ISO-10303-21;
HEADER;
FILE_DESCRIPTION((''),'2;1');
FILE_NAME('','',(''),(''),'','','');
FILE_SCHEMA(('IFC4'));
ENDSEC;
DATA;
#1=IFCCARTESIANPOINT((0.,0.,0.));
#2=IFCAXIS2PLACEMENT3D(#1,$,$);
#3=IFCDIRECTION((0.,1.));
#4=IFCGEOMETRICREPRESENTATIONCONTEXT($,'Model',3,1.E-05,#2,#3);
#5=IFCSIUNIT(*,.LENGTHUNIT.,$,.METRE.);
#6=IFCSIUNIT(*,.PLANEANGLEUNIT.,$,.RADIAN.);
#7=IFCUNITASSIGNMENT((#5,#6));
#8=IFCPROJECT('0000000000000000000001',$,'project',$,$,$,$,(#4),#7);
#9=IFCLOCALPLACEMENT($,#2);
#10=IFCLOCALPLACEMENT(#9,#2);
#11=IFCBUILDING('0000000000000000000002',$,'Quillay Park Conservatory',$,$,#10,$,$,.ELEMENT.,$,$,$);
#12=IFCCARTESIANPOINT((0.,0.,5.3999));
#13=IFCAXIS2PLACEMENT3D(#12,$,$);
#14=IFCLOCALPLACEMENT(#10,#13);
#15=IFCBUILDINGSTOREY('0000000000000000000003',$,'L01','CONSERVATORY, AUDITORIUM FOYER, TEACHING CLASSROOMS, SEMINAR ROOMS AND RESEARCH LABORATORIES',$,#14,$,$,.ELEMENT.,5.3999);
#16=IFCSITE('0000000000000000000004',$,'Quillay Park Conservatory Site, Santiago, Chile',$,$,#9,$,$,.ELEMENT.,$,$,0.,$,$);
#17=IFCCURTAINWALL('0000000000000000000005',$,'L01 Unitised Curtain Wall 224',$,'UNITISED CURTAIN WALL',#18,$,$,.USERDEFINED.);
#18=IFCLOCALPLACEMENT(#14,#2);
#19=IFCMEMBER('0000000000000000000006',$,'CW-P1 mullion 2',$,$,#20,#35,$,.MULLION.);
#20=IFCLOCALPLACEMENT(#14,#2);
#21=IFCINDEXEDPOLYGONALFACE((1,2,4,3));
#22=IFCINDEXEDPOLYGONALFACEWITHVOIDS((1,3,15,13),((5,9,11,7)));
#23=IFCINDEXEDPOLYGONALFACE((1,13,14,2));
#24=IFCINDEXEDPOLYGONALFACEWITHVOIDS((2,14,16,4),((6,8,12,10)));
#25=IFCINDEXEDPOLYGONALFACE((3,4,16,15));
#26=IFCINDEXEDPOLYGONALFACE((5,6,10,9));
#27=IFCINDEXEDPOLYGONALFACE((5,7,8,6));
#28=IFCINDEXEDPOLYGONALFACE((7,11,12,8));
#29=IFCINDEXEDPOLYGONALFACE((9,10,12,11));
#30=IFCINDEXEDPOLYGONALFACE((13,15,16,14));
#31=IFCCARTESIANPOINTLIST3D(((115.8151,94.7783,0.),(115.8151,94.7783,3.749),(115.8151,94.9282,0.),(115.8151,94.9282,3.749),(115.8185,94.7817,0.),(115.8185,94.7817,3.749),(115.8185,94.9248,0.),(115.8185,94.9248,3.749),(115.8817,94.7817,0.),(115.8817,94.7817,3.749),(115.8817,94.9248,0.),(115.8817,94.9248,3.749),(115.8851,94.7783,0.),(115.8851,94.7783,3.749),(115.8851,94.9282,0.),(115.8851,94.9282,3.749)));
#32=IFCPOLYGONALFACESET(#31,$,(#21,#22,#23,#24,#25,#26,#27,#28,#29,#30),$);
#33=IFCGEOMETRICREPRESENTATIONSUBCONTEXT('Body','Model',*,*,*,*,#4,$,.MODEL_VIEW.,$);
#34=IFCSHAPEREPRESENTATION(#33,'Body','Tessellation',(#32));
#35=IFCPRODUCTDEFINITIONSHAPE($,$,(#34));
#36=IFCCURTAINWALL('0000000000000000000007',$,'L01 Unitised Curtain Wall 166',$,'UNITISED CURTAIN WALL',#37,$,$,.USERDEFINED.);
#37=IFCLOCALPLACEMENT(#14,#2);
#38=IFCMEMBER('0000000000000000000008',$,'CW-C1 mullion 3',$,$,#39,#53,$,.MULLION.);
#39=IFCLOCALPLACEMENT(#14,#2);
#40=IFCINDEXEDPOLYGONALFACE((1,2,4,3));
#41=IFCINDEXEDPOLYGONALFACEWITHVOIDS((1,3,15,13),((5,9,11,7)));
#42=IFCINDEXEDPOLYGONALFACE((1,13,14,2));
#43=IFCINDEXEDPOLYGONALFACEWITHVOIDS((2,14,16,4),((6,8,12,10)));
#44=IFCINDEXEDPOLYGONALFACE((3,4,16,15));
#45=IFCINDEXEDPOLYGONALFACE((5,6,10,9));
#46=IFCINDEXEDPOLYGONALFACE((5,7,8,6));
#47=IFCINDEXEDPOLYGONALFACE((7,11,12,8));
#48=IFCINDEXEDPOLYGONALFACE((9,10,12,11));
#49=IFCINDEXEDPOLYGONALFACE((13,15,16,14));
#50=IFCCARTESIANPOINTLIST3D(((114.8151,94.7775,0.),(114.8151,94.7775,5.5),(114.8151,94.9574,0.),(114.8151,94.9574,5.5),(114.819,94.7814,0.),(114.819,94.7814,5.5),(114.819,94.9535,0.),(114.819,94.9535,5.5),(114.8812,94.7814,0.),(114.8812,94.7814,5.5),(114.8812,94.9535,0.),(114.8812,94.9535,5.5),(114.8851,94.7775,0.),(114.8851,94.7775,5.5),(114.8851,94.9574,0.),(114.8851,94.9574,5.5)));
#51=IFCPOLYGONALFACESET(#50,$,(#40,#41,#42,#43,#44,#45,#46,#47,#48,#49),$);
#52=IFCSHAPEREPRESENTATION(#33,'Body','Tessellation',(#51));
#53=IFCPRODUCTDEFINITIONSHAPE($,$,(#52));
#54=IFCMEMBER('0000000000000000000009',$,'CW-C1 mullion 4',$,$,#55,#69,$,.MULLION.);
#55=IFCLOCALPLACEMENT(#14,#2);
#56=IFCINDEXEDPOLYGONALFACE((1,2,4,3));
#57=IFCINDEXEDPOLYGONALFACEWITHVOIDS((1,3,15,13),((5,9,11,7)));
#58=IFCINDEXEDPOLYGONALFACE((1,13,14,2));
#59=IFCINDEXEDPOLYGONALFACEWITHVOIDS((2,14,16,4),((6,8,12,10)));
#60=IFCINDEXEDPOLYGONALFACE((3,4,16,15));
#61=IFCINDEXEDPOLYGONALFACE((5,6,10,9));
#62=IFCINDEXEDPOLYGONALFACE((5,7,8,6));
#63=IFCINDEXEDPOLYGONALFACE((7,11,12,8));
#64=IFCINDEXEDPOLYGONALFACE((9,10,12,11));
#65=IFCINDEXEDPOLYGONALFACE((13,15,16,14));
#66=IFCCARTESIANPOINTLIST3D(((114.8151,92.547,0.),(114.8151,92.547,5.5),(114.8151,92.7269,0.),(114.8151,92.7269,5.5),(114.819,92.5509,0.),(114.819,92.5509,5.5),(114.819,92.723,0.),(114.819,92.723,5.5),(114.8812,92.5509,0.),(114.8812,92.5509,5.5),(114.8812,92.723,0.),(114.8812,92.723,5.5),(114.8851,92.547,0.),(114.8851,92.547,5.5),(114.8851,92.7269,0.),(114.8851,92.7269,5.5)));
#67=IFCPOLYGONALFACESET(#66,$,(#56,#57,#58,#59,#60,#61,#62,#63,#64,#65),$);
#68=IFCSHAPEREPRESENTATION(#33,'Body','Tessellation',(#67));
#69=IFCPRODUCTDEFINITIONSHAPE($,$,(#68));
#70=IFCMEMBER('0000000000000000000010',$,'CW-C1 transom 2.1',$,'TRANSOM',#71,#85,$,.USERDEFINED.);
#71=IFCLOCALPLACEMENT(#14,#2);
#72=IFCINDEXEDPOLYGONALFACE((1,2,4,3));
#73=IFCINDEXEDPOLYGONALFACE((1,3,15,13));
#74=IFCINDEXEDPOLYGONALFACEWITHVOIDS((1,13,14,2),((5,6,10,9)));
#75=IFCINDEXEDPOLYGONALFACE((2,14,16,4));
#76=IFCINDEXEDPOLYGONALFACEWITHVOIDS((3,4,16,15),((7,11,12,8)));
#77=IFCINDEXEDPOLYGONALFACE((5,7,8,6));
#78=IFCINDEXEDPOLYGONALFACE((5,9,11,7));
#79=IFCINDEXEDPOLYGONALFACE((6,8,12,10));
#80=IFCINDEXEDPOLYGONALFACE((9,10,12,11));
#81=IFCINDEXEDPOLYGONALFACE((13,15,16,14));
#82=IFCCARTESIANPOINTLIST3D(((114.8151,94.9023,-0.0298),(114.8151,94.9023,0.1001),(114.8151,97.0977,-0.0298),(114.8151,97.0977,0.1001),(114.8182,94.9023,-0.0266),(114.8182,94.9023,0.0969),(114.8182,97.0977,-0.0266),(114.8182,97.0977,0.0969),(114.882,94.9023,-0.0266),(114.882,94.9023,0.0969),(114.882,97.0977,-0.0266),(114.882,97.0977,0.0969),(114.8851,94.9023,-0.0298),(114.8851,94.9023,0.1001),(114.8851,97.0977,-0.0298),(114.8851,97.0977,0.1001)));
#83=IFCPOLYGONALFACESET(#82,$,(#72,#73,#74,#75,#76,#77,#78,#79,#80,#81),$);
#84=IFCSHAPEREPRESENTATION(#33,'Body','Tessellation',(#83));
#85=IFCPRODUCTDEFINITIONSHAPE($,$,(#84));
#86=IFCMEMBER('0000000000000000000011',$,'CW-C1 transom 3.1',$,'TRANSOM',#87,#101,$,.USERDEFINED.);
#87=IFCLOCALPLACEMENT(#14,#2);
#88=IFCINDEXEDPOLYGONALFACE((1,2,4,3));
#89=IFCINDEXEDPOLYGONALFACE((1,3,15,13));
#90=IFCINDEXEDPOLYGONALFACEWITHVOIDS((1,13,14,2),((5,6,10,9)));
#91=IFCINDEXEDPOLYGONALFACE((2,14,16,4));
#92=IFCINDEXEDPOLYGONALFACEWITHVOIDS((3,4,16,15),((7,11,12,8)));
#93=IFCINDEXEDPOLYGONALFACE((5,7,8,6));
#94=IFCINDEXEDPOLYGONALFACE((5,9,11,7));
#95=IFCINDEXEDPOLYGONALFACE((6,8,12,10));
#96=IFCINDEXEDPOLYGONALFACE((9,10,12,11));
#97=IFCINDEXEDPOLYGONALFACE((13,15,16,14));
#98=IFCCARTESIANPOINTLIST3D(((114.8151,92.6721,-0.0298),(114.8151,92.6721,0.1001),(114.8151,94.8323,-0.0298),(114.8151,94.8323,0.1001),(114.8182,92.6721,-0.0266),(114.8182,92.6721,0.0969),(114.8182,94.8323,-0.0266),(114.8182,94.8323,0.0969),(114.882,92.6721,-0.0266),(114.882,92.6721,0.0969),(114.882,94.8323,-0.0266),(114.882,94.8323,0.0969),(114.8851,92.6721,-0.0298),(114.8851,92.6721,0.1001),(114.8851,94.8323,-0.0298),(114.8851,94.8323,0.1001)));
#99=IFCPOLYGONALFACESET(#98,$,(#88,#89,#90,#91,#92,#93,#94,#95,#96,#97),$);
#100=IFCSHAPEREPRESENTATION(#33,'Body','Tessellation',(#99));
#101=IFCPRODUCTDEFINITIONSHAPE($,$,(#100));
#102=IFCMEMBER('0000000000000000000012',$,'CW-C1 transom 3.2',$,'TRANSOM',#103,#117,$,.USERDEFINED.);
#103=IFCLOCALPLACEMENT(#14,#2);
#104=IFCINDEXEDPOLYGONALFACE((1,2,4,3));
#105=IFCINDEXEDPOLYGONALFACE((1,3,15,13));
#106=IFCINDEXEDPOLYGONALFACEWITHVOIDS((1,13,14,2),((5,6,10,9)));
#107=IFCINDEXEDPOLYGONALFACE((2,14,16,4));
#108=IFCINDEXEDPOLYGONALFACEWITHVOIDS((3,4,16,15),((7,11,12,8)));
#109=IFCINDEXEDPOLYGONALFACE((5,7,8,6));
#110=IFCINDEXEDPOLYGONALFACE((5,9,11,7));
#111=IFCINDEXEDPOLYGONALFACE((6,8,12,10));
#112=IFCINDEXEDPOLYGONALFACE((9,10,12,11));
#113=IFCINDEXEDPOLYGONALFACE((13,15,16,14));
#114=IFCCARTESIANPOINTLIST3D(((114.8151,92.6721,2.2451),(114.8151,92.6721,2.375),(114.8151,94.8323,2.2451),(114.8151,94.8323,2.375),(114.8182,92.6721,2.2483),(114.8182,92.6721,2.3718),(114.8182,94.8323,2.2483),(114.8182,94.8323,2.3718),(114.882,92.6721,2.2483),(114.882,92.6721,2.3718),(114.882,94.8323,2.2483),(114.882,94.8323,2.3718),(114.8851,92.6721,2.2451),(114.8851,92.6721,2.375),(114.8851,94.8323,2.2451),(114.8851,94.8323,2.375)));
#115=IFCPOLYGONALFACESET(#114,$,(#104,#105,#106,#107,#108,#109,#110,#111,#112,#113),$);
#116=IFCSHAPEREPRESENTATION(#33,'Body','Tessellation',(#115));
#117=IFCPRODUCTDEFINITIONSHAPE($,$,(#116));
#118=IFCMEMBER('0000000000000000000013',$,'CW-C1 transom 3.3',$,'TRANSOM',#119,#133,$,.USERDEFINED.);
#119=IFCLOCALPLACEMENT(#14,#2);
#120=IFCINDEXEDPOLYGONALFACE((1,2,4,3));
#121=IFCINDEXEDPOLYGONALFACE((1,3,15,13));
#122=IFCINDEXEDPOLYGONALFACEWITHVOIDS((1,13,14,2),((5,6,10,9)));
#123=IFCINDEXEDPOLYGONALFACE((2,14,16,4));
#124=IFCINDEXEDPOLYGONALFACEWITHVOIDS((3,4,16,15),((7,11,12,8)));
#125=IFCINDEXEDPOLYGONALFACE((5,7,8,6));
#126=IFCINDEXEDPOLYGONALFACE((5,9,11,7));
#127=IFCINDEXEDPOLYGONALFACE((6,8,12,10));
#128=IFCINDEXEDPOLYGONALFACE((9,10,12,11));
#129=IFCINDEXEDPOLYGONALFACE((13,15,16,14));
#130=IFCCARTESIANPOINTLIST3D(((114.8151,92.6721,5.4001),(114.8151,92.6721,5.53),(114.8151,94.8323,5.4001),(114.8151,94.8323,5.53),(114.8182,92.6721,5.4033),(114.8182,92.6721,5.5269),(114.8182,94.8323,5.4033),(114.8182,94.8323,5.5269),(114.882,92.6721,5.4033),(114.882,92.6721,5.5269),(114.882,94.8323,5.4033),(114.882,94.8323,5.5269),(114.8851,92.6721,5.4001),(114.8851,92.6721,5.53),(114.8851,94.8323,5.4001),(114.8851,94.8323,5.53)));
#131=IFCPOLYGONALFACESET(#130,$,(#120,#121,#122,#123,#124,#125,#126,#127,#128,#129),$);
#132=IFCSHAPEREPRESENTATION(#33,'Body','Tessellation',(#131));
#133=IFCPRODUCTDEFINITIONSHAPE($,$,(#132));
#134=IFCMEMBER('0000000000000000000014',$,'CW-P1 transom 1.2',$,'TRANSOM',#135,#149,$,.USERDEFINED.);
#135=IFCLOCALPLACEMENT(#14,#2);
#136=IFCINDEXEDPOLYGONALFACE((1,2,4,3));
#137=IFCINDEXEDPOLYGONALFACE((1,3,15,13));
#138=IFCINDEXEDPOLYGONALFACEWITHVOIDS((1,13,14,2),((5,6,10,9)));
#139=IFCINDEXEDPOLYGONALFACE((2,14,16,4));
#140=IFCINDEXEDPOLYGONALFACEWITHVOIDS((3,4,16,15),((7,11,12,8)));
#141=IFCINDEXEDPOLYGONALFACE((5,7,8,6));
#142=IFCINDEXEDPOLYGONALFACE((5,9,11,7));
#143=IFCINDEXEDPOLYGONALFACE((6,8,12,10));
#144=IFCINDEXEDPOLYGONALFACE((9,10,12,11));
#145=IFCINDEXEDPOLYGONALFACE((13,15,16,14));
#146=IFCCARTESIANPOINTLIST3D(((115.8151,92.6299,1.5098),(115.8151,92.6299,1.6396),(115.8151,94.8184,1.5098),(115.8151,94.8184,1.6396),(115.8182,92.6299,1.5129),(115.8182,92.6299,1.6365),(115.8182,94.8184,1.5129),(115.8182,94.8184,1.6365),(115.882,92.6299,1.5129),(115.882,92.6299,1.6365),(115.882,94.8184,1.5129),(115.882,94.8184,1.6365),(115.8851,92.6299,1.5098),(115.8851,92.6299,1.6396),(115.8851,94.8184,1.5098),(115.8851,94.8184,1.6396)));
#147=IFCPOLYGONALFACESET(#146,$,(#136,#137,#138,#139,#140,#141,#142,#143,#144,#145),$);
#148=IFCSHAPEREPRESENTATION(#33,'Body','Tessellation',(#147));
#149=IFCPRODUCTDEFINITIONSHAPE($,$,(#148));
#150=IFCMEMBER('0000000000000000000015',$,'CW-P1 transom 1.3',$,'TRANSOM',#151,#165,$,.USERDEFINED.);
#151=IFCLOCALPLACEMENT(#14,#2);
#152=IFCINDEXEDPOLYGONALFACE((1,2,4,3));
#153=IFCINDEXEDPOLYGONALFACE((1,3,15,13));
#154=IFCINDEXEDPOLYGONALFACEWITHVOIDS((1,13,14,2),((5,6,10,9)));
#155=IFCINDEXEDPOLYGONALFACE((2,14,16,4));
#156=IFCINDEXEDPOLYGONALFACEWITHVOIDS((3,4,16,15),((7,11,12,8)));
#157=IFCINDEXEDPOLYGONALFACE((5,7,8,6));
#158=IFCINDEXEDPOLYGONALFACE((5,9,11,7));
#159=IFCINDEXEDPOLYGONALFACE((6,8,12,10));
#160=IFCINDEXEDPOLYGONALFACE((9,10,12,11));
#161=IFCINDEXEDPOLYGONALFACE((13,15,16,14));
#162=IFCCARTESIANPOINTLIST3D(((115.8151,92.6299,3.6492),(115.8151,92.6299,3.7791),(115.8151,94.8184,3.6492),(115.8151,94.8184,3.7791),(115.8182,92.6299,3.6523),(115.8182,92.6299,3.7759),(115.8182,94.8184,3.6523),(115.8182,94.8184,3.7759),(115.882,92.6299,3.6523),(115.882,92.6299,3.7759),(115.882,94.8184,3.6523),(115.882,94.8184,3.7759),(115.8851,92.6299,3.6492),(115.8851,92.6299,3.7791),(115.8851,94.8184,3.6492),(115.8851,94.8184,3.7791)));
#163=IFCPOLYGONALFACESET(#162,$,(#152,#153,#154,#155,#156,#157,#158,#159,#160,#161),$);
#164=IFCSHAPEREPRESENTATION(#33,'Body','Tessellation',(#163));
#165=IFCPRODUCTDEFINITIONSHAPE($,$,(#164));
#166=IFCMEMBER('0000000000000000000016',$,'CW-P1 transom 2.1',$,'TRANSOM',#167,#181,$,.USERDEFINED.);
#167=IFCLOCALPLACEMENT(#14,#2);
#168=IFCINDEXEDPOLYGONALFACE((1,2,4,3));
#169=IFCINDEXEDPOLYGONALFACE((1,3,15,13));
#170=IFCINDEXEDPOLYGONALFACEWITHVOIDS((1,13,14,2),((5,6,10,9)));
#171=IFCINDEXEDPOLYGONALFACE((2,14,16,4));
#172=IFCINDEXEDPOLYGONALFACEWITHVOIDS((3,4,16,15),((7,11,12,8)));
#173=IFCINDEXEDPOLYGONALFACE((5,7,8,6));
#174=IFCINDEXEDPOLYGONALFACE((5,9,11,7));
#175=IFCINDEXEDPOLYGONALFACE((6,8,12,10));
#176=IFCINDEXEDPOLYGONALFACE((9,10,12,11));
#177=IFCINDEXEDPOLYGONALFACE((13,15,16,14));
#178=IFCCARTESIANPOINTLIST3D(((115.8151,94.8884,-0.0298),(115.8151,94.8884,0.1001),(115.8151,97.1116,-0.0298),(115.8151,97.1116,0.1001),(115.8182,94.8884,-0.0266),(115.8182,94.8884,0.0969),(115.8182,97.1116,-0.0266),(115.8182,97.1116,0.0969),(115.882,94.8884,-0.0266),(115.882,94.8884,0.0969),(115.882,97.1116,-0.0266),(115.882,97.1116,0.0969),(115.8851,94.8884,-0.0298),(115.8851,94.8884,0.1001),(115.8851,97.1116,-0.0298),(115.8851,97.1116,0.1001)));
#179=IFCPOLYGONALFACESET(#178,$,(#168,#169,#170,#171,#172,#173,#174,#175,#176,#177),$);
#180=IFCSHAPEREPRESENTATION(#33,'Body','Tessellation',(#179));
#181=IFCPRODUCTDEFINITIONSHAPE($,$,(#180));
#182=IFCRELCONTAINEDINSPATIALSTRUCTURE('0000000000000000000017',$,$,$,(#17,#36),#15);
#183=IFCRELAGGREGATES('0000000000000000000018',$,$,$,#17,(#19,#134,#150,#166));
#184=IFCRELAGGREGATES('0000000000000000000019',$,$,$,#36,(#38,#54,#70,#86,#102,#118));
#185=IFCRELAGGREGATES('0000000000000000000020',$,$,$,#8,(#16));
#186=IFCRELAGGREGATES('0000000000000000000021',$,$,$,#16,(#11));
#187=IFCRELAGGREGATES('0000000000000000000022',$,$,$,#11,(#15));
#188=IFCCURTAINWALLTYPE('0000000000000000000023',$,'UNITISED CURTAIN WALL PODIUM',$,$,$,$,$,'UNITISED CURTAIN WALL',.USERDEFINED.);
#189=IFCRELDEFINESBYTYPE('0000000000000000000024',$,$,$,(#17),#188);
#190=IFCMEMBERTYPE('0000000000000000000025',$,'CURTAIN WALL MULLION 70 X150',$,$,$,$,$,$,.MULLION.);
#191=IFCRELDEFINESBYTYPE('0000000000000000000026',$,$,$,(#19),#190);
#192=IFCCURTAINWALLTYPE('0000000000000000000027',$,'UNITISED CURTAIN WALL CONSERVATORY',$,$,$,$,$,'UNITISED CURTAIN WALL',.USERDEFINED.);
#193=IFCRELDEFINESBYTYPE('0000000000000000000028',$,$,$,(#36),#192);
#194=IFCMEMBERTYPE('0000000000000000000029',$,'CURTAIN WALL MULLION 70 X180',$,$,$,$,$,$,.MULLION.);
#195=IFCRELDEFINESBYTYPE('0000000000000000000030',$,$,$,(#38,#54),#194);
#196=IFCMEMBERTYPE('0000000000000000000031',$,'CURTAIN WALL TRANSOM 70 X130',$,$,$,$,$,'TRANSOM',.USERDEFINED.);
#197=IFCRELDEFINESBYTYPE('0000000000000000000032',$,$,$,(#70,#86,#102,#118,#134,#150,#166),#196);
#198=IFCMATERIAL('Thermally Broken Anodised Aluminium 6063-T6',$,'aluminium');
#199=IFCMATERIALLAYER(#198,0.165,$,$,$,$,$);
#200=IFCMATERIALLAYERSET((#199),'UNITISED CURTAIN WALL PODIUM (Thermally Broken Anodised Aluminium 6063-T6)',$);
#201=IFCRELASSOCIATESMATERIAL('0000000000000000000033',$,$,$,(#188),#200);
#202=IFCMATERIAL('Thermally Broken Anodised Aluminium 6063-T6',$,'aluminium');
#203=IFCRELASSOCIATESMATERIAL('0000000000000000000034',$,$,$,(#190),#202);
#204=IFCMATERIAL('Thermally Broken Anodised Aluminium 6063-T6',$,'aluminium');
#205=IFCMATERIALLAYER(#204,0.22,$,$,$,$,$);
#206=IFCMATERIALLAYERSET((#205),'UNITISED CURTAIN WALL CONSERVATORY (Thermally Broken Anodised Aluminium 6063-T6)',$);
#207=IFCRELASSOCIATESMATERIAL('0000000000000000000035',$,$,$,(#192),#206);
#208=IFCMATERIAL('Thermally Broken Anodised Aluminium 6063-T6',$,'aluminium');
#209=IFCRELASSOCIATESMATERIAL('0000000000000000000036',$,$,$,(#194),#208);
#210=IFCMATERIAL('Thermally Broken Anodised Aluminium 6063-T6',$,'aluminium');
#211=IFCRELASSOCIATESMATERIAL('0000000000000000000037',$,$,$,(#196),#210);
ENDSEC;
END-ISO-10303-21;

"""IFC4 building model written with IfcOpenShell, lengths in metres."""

from ifc_helpers import new_model, si_unit, direction, frame, origin, origin_2d, place, context, subcontext, project, spatial, hollow_rectangle, extrude, material, layer, layer_set, material_profile, profile_set, type_object, element, aggregate, save


model = new_model("IFC4")

# Units and contexts
model_context = context("Model", 3, precision=1e-05, world=origin(), true_north=direction((0.0, 1.0)))
body_context = subcontext(model_context, "Body", "Model", "MODEL_VIEW")
ifc_project = project(units=[si_unit("LENGTHUNIT", "METRE"), si_unit("PLANEANGLEUNIT", "RADIAN")], contexts=[model_context])

# Site, building, storey
site_placement = place(None, origin())
site = spatial("IfcSite", under=ifc_project, at=site_placement, Name="Quillay Park Conservatory Site, Santiago, Chile", CompositionType="ELEMENT", RefElevation=0.0)
building_placement = place(site_placement, origin())
building = spatial("IfcBuilding", under=site, at=building_placement, Name="Quillay Park Conservatory", CompositionType="ELEMENT")
storey_placement = place(building_placement, frame((0.0, 0.0, 5.3999)))
storey = spatial("IfcBuildingStorey", under=building, at=storey_placement, Name="L01", Description="CONSERVATORY, AUDITORIUM FOYER, TEACHING CLASSROOMS, SEMINAR ROOMS AND RESEARCH LABORATORIES", CompositionType="ELEMENT", Elevation=5.3999)

# Curtain wall, member
ifc_material_1 = material(Name="Thermally Broken Anodised Aluminium 6063-T6", Category="aluminium")
ifc_layer_1 = layer(ifc_material_1, 0.165)
ifc_layer_set_1 = layer_set([ifc_layer_1], Name="UNITISED CURTAIN WALL PODIUM (Thermally Broken Anodised Aluminium 6063-T6)")
curtain_wall_type_1 = type_object("IfcCurtainWallType", Name="UNITISED CURTAIN WALL PODIUM", ElementType="UNITISED CURTAIN WALL", PredefinedType="USERDEFINED", material=ifc_layer_set_1)
curtain_wall_1_placement = place(storey_placement, origin())
curtain_wall_1 = element("IfcCurtainWall", 1, at=curtain_wall_1_placement, inside=storey, type_object=curtain_wall_type_1, Name="L01 Unitised Curtain Wall 224", ObjectType="UNITISED CURTAIN WALL", PredefinedType="USERDEFINED")
ifc_material_2 = material(Name="Thermally Broken Anodised Aluminium 6063-T6", Category="aluminium")
ifc_material_profile_1 = material_profile(ifc_material_2, hollow_rectangle(XDim=0.0701, YDim=0.1499, WallThickness=0.0034, at=origin_2d()), Name="AL70x150x3.5")
ifc_profile_set_1 = profile_set([ifc_material_profile_1], Name="Thermally Broken Anodised Aluminium 6063-T6")
member_type_1 = type_object("IfcMemberType", Name="CURTAIN WALL MULLION 70 X150", PredefinedType="MULLION", material=ifc_profile_set_1)
member_1_placement = place(storey_placement, frame((115.8501, 94.8533, 0.0), z_axis=(0.0, 0.0, 1.0), x_axis=(-1.0, 0.0, 0.0)))
member_1 = element("IfcMember", 2, at=member_1_placement, type_object=member_type_1, Name="CW-P1 mullion 2", PredefinedType="MULLION", context=body_context, shape_type="SweptSolid", body=[
    extrude(hollow_rectangle(XDim=0.0701, YDim=0.1499, WallThickness=0.0034, at=origin_2d()), origin(), (0.0, 0.0, 1.0), 3.749),
])

# Curtain wall, members
ifc_material_3 = material(Name="Thermally Broken Anodised Aluminium 6063-T6", Category="aluminium")
ifc_layer_2 = layer(ifc_material_3, 0.22)
ifc_layer_set_2 = layer_set([ifc_layer_2], Name="UNITISED CURTAIN WALL CONSERVATORY (Thermally Broken Anodised Aluminium 6063-T6)")
curtain_wall_type_2 = type_object("IfcCurtainWallType", Name="UNITISED CURTAIN WALL CONSERVATORY", ElementType="UNITISED CURTAIN WALL", PredefinedType="USERDEFINED", material=ifc_layer_set_2)
curtain_wall_2_placement = place(storey_placement, origin())
curtain_wall_2 = element("IfcCurtainWall", 3, at=curtain_wall_2_placement, inside=storey, type_object=curtain_wall_type_2, Name="L01 Unitised Curtain Wall 166", ObjectType="UNITISED CURTAIN WALL", PredefinedType="USERDEFINED")
ifc_material_4 = material(Name="Thermally Broken Anodised Aluminium 6063-T6", Category="aluminium")
ifc_material_profile_2 = material_profile(ifc_material_4, hollow_rectangle(XDim=0.0701, YDim=0.1799, WallThickness=0.0039, at=origin_2d()), Name="AL70x180x4")
ifc_profile_set_2 = profile_set([ifc_material_profile_2], Name="Thermally Broken Anodised Aluminium 6063-T6")
member_type_2 = type_object("IfcMemberType", Name="CURTAIN WALL MULLION 70 X180", PredefinedType="MULLION", material=ifc_profile_set_2)
member_2_placement = place(storey_placement, frame((114.8501, 94.8674, 0.0), z_axis=(0.0, 0.0, 1.0), x_axis=(1.0, 0.0, 0.0)))
member_2 = element("IfcMember", 4, at=member_2_placement, type_object=member_type_2, Name="CW-C1 mullion 3", PredefinedType="MULLION", context=body_context, shape_type="SweptSolid", body=[
    extrude(hollow_rectangle(XDim=0.0701, YDim=0.1799, WallThickness=0.0039, at=origin_2d()), origin(), (0.0, 0.0, 1.0), 5.5),
])
member_3_placement = place(storey_placement, frame((114.8501, 92.637, 0.0), z_axis=(0.0, 0.0, 1.0), x_axis=(1.0, 0.0, 0.0)))
member_3 = element("IfcMember", 5, at=member_3_placement, type_object=member_type_2, Name="CW-C1 mullion 4", PredefinedType="MULLION", context=body_context, shape_type="SweptSolid", body=[
    extrude(hollow_rectangle(XDim=0.0701, YDim=0.1799, WallThickness=0.0039, at=origin_2d()), origin(), (0.0, 0.0, 1.0), 5.5),
])
ifc_material_5 = material(Name="Thermally Broken Anodised Aluminium 6063-T6", Category="aluminium")
ifc_material_profile_3 = material_profile(ifc_material_5, hollow_rectangle(XDim=0.0701, YDim=0.1299, WallThickness=0.0032, at=origin_2d()), Name="AL70x130x3.2")
ifc_profile_set_3 = profile_set([ifc_material_profile_3], Name="Thermally Broken Anodised Aluminium 6063-T6")
member_type_3 = type_object("IfcMemberType", Name="CURTAIN WALL TRANSOM 70 X130", ElementType="TRANSOM", PredefinedType="USERDEFINED", material=ifc_profile_set_3)
member_4_placement = place(storey_placement, frame((114.8501, 97.0977, 0.0352), z_axis=(0.0, -1.0, 0.0), x_axis=(1.0, 0.0, 0.0)))
member_4 = element("IfcMember", 6, at=member_4_placement, type_object=member_type_3, Name="CW-C1 transom 2.1", ObjectType="TRANSOM", PredefinedType="USERDEFINED", context=body_context, shape_type="SweptSolid", body=[
    extrude(hollow_rectangle(XDim=0.0701, YDim=0.1299, WallThickness=0.0032, at=origin_2d()), origin(), (0.0, 0.0, 1.0), 2.1953),
])
member_5_placement = place(storey_placement, frame((114.8501, 94.8323, 0.0352), z_axis=(0.0, -1.0, 0.0), x_axis=(1.0, 0.0, 0.0)))
member_5 = element("IfcMember", 7, at=member_5_placement, type_object=member_type_3, Name="CW-C1 transom 3.1", ObjectType="TRANSOM", PredefinedType="USERDEFINED", context=body_context, shape_type="SweptSolid", body=[
    extrude(hollow_rectangle(XDim=0.0701, YDim=0.1299, WallThickness=0.0032, at=origin_2d()), origin(), (0.0, 0.0, 1.0), 2.1602),
])
member_6_placement = place(storey_placement, frame((114.8501, 94.8323, 2.3101), z_axis=(0.0, -1.0, 0.0), x_axis=(1.0, 0.0, 0.0)))
member_6 = element("IfcMember", 8, at=member_6_placement, type_object=member_type_3, Name="CW-C1 transom 3.2", ObjectType="TRANSOM", PredefinedType="USERDEFINED", context=body_context, shape_type="SweptSolid", body=[
    extrude(hollow_rectangle(XDim=0.0701, YDim=0.1299, WallThickness=0.0032, at=origin_2d()), origin(), (0.0, 0.0, 1.0), 2.1602),
])
member_7_placement = place(storey_placement, frame((114.8501, 94.8323, 5.4651), z_axis=(0.0, -1.0, 0.0), x_axis=(1.0, 0.0, 0.0)))
member_7 = element("IfcMember", 9, at=member_7_placement, type_object=member_type_3, Name="CW-C1 transom 3.3", ObjectType="TRANSOM", PredefinedType="USERDEFINED", context=body_context, shape_type="SweptSolid", body=[
    extrude(hollow_rectangle(XDim=0.0701, YDim=0.1299, WallThickness=0.0032, at=origin_2d()), origin(), (0.0, 0.0, 1.0), 2.1602),
])

# Members
member_8_placement = place(storey_placement, frame((115.8501, 92.6299, 1.5747), z_axis=(0.0, 1.0, 0.0), x_axis=(-1.0, 0.0, 0.0)))
member_8 = element("IfcMember", 10, at=member_8_placement, type_object=member_type_3, Name="CW-P1 transom 1.2", ObjectType="TRANSOM", PredefinedType="USERDEFINED", context=body_context, shape_type="SweptSolid", body=[
    extrude(hollow_rectangle(XDim=0.0701, YDim=0.1299, WallThickness=0.0032, at=origin_2d()), origin(), (0.0, 0.0, 1.0), 2.1885),
])
member_9_placement = place(storey_placement, frame((115.8501, 92.6299, 3.7141), z_axis=(0.0, 1.0, 0.0), x_axis=(-1.0, 0.0, 0.0)))
member_9 = element("IfcMember", 11, at=member_9_placement, type_object=member_type_3, Name="CW-P1 transom 1.3", ObjectType="TRANSOM", PredefinedType="USERDEFINED", context=body_context, shape_type="SweptSolid", body=[
    extrude(hollow_rectangle(XDim=0.0701, YDim=0.1299, WallThickness=0.0032, at=origin_2d()), origin(), (0.0, 0.0, 1.0), 2.1885),
])
member_10_placement = place(storey_placement, frame((115.8501, 94.8884, 0.0352), z_axis=(0.0, 1.0, 0.0), x_axis=(-1.0, 0.0, 0.0)))
member_10 = element("IfcMember", 12, at=member_10_placement, type_object=member_type_3, Name="CW-P1 transom 2.1", ObjectType="TRANSOM", PredefinedType="USERDEFINED", context=body_context, shape_type="SweptSolid", body=[
    extrude(hollow_rectangle(XDim=0.0701, YDim=0.1299, WallThickness=0.0032, at=origin_2d()), origin(), (0.0, 0.0, 1.0), 2.2231),
])

aggregate(curtain_wall_1, [member_1, member_8, member_9, member_10])
aggregate(curtain_wall_2, [member_2, member_3, member_4, member_5, member_6, member_7])

save(model, "model.ifc")
